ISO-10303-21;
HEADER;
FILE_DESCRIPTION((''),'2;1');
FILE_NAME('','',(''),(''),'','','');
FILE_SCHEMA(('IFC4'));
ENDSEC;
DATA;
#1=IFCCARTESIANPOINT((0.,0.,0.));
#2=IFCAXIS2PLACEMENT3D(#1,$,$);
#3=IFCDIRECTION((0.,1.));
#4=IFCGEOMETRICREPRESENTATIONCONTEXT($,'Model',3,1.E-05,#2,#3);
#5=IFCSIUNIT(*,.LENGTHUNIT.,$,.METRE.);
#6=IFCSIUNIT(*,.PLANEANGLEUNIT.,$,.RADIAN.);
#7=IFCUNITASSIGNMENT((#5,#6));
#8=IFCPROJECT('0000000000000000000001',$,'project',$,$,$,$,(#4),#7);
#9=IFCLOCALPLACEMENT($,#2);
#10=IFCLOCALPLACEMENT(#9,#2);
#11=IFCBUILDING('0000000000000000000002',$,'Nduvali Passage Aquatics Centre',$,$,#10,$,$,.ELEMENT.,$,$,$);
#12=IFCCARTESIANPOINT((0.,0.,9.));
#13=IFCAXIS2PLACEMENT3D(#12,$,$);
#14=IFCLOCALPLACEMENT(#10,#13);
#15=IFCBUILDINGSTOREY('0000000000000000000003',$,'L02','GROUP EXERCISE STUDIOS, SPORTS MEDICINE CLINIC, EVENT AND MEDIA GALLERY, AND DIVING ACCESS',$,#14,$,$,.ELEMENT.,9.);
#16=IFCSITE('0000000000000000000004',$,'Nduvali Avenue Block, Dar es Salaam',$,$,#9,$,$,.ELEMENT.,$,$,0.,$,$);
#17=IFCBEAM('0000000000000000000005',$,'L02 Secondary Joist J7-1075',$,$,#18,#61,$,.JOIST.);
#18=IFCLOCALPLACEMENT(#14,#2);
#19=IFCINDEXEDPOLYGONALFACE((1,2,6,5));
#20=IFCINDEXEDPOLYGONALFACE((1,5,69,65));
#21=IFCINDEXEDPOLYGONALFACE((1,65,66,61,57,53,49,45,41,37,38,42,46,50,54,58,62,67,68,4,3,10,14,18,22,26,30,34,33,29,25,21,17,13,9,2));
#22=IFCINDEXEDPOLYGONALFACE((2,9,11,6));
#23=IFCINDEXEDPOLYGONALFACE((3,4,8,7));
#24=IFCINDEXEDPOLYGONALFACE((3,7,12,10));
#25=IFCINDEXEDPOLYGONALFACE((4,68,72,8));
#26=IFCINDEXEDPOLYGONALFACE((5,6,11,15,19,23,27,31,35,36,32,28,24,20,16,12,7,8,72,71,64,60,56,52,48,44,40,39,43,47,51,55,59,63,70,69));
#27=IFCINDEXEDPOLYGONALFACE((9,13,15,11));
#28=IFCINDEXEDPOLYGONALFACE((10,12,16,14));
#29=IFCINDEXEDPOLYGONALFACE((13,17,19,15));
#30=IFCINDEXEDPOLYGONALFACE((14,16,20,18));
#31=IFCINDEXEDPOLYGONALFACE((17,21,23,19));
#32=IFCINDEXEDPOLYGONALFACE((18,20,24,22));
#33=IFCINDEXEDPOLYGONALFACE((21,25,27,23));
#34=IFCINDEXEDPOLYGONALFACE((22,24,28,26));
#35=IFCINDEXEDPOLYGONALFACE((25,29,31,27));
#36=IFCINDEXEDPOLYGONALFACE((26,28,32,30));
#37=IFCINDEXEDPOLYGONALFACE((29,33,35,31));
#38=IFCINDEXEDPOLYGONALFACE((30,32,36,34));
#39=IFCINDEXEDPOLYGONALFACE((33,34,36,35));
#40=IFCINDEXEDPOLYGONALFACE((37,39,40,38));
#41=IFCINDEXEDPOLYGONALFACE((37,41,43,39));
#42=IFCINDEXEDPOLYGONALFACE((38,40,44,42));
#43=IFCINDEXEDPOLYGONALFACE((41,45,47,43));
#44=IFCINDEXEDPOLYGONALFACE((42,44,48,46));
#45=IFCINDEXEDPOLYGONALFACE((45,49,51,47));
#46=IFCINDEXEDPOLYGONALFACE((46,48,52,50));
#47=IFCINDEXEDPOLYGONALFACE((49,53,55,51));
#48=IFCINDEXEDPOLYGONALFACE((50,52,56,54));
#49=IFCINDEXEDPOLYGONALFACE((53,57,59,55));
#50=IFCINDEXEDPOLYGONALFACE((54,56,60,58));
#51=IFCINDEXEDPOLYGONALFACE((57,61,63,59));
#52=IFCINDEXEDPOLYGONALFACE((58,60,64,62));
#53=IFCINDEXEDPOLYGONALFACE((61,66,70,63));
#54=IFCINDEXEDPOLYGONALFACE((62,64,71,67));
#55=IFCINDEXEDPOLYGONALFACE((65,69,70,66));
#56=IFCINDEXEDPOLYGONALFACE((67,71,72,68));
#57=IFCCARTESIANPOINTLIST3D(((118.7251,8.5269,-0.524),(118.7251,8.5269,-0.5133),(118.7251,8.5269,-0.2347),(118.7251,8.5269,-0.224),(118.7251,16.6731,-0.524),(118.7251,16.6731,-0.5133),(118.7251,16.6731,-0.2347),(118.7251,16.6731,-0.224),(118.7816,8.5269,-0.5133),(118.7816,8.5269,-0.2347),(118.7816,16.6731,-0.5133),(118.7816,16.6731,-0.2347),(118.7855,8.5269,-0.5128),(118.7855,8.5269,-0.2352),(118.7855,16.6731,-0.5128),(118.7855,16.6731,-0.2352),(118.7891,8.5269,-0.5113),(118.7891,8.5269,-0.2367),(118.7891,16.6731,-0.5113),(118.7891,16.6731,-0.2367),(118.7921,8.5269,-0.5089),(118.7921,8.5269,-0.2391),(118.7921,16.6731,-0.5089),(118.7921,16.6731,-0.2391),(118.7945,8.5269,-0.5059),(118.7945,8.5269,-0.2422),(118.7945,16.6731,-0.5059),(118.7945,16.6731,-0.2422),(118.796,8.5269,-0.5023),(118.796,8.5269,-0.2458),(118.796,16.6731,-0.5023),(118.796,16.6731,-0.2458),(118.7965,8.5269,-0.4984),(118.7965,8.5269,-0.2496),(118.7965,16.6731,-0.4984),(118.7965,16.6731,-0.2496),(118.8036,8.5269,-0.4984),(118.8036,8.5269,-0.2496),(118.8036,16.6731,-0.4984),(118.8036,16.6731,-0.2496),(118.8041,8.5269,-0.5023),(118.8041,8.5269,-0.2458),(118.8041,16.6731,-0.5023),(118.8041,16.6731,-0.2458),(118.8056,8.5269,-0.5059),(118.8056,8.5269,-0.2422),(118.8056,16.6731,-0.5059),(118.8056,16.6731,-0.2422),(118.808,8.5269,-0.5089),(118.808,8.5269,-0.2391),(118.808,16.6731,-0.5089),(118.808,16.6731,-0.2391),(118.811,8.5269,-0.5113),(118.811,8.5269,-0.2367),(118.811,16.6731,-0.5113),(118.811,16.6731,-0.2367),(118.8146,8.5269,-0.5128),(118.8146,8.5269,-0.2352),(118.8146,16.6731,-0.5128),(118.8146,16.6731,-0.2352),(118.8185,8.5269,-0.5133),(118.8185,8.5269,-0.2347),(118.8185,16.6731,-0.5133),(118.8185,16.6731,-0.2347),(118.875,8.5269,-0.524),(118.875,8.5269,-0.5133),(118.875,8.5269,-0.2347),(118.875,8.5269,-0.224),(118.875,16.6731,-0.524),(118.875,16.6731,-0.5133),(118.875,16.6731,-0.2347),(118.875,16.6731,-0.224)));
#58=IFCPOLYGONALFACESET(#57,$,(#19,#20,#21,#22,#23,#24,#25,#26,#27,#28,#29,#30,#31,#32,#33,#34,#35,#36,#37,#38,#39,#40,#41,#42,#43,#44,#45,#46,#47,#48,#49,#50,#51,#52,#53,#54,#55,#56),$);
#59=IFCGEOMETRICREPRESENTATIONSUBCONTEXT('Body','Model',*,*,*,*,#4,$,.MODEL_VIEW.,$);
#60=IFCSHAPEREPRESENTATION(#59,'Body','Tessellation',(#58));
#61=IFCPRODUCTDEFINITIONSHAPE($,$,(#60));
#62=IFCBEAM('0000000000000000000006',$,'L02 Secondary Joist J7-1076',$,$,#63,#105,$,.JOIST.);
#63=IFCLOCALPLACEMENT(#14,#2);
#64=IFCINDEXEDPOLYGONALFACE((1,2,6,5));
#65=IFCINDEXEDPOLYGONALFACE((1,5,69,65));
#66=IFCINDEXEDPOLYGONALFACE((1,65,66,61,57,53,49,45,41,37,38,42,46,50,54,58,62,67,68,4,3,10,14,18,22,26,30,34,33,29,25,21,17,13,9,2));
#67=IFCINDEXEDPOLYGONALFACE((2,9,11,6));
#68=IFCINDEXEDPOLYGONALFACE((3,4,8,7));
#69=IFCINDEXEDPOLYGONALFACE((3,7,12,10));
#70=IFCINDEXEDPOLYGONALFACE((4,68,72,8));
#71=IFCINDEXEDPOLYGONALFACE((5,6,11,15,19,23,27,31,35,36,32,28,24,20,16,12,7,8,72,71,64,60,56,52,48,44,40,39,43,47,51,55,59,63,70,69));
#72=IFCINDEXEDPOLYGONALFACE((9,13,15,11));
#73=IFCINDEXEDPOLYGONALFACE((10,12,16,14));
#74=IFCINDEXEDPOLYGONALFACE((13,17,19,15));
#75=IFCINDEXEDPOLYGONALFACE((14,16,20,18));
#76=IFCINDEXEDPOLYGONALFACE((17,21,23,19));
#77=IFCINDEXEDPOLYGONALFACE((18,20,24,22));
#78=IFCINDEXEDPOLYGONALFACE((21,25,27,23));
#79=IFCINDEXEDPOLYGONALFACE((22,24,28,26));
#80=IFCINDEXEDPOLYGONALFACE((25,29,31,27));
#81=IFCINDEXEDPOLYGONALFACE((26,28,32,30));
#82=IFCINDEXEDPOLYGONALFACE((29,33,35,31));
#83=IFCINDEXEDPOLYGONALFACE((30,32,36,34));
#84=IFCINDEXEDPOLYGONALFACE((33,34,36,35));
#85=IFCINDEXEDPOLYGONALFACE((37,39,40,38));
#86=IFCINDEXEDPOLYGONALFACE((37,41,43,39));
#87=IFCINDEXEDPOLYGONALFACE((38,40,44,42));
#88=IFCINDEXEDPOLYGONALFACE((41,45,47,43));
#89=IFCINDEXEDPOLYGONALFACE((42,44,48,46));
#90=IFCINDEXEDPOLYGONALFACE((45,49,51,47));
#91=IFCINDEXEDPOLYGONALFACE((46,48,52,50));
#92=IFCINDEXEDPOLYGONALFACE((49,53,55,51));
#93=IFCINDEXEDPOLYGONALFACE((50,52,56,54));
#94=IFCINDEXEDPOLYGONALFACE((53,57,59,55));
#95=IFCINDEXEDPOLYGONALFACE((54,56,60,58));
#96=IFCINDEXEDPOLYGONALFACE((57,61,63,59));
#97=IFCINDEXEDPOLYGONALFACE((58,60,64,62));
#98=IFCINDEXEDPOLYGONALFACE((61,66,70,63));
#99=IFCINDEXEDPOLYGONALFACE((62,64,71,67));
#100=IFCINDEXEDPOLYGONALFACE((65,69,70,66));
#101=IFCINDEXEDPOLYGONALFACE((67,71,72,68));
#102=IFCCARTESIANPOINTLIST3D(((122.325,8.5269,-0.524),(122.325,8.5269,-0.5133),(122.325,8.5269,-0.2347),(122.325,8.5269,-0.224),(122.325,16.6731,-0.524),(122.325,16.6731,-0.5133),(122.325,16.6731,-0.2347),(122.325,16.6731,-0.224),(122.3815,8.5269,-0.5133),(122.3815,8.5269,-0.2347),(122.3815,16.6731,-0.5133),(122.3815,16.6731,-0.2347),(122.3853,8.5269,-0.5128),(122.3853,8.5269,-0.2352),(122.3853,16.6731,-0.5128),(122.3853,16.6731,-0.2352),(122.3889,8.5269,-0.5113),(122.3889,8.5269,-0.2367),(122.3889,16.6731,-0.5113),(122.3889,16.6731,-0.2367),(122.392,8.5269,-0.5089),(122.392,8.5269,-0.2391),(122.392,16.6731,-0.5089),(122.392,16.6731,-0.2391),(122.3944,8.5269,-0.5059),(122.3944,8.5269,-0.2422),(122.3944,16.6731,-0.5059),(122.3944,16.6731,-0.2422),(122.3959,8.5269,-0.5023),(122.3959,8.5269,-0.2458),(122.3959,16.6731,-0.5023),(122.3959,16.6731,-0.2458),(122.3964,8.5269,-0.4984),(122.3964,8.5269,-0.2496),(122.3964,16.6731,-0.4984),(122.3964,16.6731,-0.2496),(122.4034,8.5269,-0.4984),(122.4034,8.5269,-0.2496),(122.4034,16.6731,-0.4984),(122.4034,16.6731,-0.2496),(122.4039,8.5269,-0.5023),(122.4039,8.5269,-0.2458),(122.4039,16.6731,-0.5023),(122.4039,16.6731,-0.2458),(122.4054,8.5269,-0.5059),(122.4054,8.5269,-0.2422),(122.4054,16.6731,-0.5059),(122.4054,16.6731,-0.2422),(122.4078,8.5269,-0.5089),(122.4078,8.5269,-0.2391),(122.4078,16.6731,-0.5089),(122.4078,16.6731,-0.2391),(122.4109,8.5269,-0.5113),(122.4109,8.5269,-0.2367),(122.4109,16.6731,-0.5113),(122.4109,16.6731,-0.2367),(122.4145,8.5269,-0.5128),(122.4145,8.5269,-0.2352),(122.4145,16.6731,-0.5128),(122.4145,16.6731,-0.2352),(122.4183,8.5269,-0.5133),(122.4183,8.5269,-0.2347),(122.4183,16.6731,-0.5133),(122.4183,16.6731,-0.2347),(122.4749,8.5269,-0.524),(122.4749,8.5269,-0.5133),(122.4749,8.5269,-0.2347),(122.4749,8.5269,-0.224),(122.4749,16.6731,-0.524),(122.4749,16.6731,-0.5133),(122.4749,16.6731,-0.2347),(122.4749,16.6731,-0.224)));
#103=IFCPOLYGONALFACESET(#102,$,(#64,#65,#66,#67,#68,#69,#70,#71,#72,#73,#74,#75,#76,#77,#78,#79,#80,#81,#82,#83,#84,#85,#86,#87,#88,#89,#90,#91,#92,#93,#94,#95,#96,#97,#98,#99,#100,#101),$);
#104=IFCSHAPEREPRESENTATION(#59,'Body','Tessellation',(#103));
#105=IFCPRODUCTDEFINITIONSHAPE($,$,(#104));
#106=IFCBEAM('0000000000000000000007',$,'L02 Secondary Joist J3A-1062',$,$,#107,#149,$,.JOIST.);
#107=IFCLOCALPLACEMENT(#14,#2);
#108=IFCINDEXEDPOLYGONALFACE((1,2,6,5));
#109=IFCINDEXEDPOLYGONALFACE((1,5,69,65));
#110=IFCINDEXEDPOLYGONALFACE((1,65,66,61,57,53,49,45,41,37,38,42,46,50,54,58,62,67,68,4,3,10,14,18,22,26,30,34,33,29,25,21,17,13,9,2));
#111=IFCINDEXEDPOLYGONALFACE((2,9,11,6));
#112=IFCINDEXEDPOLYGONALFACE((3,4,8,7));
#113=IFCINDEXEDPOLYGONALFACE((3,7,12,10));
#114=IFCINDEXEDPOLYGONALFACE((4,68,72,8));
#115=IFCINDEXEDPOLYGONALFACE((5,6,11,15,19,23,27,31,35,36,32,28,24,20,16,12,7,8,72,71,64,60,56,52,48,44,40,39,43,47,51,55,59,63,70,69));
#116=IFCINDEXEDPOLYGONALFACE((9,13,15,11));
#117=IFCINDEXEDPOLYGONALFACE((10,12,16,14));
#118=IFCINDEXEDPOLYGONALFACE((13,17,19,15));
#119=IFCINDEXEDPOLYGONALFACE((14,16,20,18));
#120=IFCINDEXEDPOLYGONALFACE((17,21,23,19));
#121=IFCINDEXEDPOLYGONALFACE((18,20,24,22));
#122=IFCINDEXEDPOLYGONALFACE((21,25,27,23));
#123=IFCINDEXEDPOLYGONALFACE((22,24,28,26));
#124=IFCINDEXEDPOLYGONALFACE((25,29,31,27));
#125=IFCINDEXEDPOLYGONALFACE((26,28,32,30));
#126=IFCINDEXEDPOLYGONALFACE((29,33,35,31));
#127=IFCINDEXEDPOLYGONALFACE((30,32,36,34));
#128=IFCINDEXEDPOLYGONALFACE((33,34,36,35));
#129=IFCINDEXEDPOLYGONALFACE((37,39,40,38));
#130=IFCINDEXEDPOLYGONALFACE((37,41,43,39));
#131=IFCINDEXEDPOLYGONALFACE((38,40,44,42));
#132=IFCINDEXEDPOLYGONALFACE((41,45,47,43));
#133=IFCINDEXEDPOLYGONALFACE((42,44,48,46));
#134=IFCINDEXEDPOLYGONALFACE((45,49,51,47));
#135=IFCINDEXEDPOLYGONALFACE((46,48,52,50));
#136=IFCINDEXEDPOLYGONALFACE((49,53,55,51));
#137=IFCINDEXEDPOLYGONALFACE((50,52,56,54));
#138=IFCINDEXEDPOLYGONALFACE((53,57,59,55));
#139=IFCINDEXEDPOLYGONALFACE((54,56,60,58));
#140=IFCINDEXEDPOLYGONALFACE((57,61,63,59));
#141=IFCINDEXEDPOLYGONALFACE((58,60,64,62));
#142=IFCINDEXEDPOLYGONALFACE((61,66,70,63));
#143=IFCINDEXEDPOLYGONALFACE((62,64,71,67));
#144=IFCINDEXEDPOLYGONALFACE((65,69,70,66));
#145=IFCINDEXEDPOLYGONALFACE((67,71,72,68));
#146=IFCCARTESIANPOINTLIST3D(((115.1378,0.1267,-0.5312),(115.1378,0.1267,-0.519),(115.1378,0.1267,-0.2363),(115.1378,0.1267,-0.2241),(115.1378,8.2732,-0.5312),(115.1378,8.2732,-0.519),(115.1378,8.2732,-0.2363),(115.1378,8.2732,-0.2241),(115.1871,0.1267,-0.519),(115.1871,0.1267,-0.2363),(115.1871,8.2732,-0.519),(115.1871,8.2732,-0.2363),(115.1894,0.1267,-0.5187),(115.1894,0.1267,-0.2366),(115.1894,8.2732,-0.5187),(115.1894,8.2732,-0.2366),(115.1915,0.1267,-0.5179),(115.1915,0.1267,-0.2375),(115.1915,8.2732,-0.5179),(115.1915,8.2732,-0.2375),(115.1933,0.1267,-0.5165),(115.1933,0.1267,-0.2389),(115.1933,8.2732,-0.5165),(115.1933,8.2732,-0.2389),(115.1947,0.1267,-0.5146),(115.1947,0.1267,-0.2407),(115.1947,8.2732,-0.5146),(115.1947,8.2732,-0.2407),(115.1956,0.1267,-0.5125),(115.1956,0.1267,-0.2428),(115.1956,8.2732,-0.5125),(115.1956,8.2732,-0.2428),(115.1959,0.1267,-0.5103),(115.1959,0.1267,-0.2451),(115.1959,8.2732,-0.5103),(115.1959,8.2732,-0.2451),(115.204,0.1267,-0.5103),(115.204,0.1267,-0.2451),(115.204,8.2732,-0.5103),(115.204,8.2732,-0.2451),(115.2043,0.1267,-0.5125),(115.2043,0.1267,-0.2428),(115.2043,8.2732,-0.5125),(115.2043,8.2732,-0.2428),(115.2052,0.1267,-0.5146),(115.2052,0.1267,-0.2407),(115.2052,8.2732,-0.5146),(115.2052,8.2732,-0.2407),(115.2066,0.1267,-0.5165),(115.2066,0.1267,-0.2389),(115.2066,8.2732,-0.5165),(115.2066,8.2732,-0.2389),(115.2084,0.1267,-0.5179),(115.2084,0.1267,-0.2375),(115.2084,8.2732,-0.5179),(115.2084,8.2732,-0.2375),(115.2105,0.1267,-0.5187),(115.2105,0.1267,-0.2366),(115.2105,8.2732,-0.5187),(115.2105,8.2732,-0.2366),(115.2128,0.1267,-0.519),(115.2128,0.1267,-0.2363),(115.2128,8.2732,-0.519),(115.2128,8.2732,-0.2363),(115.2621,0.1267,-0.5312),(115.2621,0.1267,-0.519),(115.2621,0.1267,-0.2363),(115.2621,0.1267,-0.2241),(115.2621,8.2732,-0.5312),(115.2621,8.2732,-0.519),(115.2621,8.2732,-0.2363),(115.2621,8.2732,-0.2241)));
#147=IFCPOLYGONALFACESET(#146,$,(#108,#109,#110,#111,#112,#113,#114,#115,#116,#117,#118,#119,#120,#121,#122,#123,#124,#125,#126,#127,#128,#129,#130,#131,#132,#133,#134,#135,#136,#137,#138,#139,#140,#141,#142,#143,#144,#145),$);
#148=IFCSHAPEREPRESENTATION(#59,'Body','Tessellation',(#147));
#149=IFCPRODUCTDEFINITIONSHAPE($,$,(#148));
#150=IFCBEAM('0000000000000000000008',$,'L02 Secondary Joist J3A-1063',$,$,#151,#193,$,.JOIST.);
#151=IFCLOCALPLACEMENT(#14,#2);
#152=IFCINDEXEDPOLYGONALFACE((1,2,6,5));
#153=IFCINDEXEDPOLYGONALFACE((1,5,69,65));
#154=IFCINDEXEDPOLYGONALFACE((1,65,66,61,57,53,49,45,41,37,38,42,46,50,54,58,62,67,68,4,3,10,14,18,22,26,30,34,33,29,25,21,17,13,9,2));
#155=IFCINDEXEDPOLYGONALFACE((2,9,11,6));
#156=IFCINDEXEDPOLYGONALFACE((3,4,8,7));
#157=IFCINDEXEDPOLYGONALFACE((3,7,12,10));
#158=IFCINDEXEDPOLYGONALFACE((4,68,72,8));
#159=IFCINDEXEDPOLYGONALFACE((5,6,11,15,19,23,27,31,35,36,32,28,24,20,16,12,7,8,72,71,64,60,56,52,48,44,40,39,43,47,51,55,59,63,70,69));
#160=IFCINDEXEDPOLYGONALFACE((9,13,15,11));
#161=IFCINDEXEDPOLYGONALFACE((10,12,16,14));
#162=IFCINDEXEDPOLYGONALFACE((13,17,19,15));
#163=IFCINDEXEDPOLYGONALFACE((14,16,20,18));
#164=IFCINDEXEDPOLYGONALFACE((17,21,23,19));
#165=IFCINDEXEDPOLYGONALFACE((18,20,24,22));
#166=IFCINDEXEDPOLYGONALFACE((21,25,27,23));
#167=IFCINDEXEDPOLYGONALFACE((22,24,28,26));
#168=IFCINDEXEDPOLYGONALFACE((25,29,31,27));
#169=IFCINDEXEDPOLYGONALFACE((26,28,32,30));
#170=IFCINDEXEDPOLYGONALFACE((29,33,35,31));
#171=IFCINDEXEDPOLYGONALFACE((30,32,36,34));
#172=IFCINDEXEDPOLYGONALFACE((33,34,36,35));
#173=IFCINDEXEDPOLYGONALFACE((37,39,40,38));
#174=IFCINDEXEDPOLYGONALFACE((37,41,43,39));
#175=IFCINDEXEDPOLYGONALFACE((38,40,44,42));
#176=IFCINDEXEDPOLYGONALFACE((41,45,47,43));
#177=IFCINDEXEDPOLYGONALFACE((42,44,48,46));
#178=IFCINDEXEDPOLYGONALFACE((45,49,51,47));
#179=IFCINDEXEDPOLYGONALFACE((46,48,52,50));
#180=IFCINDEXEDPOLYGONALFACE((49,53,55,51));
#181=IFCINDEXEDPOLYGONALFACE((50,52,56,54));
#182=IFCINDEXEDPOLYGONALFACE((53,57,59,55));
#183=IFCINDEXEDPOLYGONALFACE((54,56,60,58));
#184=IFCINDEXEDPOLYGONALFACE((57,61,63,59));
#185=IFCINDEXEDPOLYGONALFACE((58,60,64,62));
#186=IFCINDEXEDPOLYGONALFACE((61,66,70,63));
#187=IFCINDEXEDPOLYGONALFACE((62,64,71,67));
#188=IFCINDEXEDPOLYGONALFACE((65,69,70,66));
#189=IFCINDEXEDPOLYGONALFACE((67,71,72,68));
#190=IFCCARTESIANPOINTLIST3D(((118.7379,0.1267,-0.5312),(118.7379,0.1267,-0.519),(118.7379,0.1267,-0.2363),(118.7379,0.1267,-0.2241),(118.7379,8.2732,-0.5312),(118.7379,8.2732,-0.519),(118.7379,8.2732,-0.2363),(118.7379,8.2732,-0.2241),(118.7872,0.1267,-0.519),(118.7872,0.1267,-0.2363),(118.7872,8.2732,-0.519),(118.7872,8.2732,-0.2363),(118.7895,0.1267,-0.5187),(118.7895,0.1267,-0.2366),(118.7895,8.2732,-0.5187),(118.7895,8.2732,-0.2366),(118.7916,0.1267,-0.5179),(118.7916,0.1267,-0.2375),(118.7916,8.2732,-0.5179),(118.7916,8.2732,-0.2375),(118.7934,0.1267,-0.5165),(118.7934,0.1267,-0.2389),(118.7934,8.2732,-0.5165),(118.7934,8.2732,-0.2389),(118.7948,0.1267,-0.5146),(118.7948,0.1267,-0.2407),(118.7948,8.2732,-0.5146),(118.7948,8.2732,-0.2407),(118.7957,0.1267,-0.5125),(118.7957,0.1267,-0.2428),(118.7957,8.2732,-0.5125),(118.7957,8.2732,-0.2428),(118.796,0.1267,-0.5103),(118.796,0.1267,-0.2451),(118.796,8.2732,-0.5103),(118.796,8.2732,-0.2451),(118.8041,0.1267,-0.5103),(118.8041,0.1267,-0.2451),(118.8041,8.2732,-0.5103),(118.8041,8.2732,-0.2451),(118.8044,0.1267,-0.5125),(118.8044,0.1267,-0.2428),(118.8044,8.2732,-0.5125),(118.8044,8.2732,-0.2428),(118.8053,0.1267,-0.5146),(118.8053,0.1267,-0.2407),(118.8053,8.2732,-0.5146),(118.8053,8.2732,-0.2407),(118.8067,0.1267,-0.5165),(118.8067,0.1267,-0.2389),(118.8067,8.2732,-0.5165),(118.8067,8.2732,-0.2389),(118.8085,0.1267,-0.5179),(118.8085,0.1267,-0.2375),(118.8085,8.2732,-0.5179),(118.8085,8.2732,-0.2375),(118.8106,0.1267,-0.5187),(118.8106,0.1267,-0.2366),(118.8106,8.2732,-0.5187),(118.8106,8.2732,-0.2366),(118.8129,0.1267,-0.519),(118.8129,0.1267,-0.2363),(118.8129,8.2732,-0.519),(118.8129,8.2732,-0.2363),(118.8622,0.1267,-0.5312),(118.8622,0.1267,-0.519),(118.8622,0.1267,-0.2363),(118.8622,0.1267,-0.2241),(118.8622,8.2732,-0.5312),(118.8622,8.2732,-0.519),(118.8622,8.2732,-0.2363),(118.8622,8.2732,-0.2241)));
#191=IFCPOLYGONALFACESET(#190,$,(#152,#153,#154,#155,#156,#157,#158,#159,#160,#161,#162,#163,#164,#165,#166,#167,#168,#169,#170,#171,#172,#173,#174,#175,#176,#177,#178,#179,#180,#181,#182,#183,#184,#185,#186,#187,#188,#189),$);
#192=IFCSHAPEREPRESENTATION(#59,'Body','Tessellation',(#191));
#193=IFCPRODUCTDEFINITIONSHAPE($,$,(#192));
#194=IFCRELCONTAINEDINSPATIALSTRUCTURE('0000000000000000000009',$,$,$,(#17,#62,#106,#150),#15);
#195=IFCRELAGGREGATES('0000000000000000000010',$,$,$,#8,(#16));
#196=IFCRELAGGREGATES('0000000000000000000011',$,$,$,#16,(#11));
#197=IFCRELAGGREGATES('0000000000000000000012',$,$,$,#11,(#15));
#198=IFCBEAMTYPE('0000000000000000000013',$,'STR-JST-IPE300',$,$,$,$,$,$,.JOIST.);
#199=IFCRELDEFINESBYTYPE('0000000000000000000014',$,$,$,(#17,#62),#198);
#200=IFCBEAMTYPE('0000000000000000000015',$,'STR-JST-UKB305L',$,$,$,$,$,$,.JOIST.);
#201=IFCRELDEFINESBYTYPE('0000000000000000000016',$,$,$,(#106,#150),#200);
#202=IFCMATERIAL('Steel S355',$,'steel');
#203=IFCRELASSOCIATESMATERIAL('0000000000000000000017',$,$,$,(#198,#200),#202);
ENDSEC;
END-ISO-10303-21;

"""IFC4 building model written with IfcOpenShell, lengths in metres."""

from ifc_helpers import new_model, si_unit, direction, frame, origin, origin_2d, place, context, subcontext, project, spatial, i_section, extrude, material, material_profile, profile_set, type_object, element, save


model = new_model("IFC4")

# Units and contexts
model_context = context("Model", 3, precision=1e-05, world=origin(), true_north=direction((0.0, 1.0)))
body_context = subcontext(model_context, "Body", "Model", "MODEL_VIEW")
ifc_project = project(units=[si_unit("LENGTHUNIT", "METRE"), si_unit("PLANEANGLEUNIT", "RADIAN")], contexts=[model_context])

# Site, building, storey
site_placement = place(None, origin())
site = spatial("IfcSite", under=ifc_project, at=site_placement, Name="Nduvali Avenue Block, Dar es Salaam", CompositionType="ELEMENT", RefElevation=0.0)
building_placement = place(site_placement, origin())
building = spatial("IfcBuilding", under=site, at=building_placement, Name="Nduvali Passage Aquatics Centre", CompositionType="ELEMENT")
storey_placement = place(building_placement, frame((0.0, 0.0, 9.0)))
storey = spatial("IfcBuildingStorey", under=building, at=storey_placement, Name="L02", Description="GROUP EXERCISE STUDIOS, SPORTS MEDICINE CLINIC, EVENT AND MEDIA GALLERY, AND DIVING ACCESS", CompositionType="ELEMENT", Elevation=9.0)

# Beams
ifc_material_1 = material(Name="Steel S355", Category="steel")
ifc_material_profile_1 = material_profile(ifc_material_1, i_section(OverallWidth=0.1499, OverallDepth=0.3, WebThickness=0.0071, FlangeThickness=0.0107, FilletRadius=0.0149, at=origin_2d()), Name="IPE 300")
ifc_profile_set_1 = profile_set([ifc_material_profile_1], Name="Steel S355")
beam_type_1 = type_object("IfcBeamType", Name="STR-JST-IPE300", PredefinedType="JOIST", material=ifc_profile_set_1)
for number, where, z_axis, x_axis, name in (
    (1, (118.8, 8.5269, -0.374), (0.0, 1.0, 0.0), (-1.0, 0.0, 0.0), "L02 Secondary Joist J7-1075"),
    (2, (122.3999, 8.5269, -0.374), (0.0, 1.0, 0.0), (-1.0, 0.0, 0.0), "L02 Secondary Joist J7-1076"),
):
    element("IfcBeam", number, at=place(storey_placement, frame(where, z_axis=z_axis, x_axis=x_axis)), inside=storey, type_object=beam_type_1, Name=name, PredefinedType="JOIST", context=body_context, shape_type="SweptSolid", body=[
        extrude(i_section(OverallWidth=0.1499, OverallDepth=0.3, WebThickness=0.0071, FlangeThickness=0.0107, FilletRadius=0.0149, at=origin_2d()), origin(), (0.0, 0.0, 1.0), 8.1462),
    ])
ifc_material_profile_2 = material_profile(ifc_material_1, i_section(OverallWidth=0.1243, OverallDepth=0.3071, WebThickness=0.0081, FlangeThickness=0.0122, FilletRadius=0.0088, at=origin_2d()), Name="UKB 305x127x42")
ifc_profile_set_2 = profile_set([ifc_material_profile_2], Name="Steel S355")
beam_type_2 = type_object("IfcBeamType", Name="STR-JST-UKB305L", PredefinedType="JOIST", material=ifc_profile_set_2)
for number, where, z_axis, x_axis, name in (
    (3, (115.2, 0.1267, -0.3777), (0.0, 1.0, 0.0), (-1.0, 0.0, 0.0), "L02 Secondary Joist J3A-1062"),
    (4, (118.8, 0.1267, -0.3777), (0.0, 1.0, 0.0), (-1.0, 0.0, 0.0), "L02 Secondary Joist J3A-1063"),
):
    element("IfcBeam", number, at=place(storey_placement, frame(where, z_axis=z_axis, x_axis=x_axis)), inside=storey, type_object=beam_type_2, Name=name, PredefinedType="JOIST", context=body_context, shape_type="SweptSolid", body=[
        extrude(i_section(OverallWidth=0.1243, OverallDepth=0.3071, WebThickness=0.0081, FlangeThickness=0.0122, FilletRadius=0.0088, at=origin_2d()), origin(), (0.0, 0.0, 1.0), 8.1465),
    ])

save(model, "model.ifc")
